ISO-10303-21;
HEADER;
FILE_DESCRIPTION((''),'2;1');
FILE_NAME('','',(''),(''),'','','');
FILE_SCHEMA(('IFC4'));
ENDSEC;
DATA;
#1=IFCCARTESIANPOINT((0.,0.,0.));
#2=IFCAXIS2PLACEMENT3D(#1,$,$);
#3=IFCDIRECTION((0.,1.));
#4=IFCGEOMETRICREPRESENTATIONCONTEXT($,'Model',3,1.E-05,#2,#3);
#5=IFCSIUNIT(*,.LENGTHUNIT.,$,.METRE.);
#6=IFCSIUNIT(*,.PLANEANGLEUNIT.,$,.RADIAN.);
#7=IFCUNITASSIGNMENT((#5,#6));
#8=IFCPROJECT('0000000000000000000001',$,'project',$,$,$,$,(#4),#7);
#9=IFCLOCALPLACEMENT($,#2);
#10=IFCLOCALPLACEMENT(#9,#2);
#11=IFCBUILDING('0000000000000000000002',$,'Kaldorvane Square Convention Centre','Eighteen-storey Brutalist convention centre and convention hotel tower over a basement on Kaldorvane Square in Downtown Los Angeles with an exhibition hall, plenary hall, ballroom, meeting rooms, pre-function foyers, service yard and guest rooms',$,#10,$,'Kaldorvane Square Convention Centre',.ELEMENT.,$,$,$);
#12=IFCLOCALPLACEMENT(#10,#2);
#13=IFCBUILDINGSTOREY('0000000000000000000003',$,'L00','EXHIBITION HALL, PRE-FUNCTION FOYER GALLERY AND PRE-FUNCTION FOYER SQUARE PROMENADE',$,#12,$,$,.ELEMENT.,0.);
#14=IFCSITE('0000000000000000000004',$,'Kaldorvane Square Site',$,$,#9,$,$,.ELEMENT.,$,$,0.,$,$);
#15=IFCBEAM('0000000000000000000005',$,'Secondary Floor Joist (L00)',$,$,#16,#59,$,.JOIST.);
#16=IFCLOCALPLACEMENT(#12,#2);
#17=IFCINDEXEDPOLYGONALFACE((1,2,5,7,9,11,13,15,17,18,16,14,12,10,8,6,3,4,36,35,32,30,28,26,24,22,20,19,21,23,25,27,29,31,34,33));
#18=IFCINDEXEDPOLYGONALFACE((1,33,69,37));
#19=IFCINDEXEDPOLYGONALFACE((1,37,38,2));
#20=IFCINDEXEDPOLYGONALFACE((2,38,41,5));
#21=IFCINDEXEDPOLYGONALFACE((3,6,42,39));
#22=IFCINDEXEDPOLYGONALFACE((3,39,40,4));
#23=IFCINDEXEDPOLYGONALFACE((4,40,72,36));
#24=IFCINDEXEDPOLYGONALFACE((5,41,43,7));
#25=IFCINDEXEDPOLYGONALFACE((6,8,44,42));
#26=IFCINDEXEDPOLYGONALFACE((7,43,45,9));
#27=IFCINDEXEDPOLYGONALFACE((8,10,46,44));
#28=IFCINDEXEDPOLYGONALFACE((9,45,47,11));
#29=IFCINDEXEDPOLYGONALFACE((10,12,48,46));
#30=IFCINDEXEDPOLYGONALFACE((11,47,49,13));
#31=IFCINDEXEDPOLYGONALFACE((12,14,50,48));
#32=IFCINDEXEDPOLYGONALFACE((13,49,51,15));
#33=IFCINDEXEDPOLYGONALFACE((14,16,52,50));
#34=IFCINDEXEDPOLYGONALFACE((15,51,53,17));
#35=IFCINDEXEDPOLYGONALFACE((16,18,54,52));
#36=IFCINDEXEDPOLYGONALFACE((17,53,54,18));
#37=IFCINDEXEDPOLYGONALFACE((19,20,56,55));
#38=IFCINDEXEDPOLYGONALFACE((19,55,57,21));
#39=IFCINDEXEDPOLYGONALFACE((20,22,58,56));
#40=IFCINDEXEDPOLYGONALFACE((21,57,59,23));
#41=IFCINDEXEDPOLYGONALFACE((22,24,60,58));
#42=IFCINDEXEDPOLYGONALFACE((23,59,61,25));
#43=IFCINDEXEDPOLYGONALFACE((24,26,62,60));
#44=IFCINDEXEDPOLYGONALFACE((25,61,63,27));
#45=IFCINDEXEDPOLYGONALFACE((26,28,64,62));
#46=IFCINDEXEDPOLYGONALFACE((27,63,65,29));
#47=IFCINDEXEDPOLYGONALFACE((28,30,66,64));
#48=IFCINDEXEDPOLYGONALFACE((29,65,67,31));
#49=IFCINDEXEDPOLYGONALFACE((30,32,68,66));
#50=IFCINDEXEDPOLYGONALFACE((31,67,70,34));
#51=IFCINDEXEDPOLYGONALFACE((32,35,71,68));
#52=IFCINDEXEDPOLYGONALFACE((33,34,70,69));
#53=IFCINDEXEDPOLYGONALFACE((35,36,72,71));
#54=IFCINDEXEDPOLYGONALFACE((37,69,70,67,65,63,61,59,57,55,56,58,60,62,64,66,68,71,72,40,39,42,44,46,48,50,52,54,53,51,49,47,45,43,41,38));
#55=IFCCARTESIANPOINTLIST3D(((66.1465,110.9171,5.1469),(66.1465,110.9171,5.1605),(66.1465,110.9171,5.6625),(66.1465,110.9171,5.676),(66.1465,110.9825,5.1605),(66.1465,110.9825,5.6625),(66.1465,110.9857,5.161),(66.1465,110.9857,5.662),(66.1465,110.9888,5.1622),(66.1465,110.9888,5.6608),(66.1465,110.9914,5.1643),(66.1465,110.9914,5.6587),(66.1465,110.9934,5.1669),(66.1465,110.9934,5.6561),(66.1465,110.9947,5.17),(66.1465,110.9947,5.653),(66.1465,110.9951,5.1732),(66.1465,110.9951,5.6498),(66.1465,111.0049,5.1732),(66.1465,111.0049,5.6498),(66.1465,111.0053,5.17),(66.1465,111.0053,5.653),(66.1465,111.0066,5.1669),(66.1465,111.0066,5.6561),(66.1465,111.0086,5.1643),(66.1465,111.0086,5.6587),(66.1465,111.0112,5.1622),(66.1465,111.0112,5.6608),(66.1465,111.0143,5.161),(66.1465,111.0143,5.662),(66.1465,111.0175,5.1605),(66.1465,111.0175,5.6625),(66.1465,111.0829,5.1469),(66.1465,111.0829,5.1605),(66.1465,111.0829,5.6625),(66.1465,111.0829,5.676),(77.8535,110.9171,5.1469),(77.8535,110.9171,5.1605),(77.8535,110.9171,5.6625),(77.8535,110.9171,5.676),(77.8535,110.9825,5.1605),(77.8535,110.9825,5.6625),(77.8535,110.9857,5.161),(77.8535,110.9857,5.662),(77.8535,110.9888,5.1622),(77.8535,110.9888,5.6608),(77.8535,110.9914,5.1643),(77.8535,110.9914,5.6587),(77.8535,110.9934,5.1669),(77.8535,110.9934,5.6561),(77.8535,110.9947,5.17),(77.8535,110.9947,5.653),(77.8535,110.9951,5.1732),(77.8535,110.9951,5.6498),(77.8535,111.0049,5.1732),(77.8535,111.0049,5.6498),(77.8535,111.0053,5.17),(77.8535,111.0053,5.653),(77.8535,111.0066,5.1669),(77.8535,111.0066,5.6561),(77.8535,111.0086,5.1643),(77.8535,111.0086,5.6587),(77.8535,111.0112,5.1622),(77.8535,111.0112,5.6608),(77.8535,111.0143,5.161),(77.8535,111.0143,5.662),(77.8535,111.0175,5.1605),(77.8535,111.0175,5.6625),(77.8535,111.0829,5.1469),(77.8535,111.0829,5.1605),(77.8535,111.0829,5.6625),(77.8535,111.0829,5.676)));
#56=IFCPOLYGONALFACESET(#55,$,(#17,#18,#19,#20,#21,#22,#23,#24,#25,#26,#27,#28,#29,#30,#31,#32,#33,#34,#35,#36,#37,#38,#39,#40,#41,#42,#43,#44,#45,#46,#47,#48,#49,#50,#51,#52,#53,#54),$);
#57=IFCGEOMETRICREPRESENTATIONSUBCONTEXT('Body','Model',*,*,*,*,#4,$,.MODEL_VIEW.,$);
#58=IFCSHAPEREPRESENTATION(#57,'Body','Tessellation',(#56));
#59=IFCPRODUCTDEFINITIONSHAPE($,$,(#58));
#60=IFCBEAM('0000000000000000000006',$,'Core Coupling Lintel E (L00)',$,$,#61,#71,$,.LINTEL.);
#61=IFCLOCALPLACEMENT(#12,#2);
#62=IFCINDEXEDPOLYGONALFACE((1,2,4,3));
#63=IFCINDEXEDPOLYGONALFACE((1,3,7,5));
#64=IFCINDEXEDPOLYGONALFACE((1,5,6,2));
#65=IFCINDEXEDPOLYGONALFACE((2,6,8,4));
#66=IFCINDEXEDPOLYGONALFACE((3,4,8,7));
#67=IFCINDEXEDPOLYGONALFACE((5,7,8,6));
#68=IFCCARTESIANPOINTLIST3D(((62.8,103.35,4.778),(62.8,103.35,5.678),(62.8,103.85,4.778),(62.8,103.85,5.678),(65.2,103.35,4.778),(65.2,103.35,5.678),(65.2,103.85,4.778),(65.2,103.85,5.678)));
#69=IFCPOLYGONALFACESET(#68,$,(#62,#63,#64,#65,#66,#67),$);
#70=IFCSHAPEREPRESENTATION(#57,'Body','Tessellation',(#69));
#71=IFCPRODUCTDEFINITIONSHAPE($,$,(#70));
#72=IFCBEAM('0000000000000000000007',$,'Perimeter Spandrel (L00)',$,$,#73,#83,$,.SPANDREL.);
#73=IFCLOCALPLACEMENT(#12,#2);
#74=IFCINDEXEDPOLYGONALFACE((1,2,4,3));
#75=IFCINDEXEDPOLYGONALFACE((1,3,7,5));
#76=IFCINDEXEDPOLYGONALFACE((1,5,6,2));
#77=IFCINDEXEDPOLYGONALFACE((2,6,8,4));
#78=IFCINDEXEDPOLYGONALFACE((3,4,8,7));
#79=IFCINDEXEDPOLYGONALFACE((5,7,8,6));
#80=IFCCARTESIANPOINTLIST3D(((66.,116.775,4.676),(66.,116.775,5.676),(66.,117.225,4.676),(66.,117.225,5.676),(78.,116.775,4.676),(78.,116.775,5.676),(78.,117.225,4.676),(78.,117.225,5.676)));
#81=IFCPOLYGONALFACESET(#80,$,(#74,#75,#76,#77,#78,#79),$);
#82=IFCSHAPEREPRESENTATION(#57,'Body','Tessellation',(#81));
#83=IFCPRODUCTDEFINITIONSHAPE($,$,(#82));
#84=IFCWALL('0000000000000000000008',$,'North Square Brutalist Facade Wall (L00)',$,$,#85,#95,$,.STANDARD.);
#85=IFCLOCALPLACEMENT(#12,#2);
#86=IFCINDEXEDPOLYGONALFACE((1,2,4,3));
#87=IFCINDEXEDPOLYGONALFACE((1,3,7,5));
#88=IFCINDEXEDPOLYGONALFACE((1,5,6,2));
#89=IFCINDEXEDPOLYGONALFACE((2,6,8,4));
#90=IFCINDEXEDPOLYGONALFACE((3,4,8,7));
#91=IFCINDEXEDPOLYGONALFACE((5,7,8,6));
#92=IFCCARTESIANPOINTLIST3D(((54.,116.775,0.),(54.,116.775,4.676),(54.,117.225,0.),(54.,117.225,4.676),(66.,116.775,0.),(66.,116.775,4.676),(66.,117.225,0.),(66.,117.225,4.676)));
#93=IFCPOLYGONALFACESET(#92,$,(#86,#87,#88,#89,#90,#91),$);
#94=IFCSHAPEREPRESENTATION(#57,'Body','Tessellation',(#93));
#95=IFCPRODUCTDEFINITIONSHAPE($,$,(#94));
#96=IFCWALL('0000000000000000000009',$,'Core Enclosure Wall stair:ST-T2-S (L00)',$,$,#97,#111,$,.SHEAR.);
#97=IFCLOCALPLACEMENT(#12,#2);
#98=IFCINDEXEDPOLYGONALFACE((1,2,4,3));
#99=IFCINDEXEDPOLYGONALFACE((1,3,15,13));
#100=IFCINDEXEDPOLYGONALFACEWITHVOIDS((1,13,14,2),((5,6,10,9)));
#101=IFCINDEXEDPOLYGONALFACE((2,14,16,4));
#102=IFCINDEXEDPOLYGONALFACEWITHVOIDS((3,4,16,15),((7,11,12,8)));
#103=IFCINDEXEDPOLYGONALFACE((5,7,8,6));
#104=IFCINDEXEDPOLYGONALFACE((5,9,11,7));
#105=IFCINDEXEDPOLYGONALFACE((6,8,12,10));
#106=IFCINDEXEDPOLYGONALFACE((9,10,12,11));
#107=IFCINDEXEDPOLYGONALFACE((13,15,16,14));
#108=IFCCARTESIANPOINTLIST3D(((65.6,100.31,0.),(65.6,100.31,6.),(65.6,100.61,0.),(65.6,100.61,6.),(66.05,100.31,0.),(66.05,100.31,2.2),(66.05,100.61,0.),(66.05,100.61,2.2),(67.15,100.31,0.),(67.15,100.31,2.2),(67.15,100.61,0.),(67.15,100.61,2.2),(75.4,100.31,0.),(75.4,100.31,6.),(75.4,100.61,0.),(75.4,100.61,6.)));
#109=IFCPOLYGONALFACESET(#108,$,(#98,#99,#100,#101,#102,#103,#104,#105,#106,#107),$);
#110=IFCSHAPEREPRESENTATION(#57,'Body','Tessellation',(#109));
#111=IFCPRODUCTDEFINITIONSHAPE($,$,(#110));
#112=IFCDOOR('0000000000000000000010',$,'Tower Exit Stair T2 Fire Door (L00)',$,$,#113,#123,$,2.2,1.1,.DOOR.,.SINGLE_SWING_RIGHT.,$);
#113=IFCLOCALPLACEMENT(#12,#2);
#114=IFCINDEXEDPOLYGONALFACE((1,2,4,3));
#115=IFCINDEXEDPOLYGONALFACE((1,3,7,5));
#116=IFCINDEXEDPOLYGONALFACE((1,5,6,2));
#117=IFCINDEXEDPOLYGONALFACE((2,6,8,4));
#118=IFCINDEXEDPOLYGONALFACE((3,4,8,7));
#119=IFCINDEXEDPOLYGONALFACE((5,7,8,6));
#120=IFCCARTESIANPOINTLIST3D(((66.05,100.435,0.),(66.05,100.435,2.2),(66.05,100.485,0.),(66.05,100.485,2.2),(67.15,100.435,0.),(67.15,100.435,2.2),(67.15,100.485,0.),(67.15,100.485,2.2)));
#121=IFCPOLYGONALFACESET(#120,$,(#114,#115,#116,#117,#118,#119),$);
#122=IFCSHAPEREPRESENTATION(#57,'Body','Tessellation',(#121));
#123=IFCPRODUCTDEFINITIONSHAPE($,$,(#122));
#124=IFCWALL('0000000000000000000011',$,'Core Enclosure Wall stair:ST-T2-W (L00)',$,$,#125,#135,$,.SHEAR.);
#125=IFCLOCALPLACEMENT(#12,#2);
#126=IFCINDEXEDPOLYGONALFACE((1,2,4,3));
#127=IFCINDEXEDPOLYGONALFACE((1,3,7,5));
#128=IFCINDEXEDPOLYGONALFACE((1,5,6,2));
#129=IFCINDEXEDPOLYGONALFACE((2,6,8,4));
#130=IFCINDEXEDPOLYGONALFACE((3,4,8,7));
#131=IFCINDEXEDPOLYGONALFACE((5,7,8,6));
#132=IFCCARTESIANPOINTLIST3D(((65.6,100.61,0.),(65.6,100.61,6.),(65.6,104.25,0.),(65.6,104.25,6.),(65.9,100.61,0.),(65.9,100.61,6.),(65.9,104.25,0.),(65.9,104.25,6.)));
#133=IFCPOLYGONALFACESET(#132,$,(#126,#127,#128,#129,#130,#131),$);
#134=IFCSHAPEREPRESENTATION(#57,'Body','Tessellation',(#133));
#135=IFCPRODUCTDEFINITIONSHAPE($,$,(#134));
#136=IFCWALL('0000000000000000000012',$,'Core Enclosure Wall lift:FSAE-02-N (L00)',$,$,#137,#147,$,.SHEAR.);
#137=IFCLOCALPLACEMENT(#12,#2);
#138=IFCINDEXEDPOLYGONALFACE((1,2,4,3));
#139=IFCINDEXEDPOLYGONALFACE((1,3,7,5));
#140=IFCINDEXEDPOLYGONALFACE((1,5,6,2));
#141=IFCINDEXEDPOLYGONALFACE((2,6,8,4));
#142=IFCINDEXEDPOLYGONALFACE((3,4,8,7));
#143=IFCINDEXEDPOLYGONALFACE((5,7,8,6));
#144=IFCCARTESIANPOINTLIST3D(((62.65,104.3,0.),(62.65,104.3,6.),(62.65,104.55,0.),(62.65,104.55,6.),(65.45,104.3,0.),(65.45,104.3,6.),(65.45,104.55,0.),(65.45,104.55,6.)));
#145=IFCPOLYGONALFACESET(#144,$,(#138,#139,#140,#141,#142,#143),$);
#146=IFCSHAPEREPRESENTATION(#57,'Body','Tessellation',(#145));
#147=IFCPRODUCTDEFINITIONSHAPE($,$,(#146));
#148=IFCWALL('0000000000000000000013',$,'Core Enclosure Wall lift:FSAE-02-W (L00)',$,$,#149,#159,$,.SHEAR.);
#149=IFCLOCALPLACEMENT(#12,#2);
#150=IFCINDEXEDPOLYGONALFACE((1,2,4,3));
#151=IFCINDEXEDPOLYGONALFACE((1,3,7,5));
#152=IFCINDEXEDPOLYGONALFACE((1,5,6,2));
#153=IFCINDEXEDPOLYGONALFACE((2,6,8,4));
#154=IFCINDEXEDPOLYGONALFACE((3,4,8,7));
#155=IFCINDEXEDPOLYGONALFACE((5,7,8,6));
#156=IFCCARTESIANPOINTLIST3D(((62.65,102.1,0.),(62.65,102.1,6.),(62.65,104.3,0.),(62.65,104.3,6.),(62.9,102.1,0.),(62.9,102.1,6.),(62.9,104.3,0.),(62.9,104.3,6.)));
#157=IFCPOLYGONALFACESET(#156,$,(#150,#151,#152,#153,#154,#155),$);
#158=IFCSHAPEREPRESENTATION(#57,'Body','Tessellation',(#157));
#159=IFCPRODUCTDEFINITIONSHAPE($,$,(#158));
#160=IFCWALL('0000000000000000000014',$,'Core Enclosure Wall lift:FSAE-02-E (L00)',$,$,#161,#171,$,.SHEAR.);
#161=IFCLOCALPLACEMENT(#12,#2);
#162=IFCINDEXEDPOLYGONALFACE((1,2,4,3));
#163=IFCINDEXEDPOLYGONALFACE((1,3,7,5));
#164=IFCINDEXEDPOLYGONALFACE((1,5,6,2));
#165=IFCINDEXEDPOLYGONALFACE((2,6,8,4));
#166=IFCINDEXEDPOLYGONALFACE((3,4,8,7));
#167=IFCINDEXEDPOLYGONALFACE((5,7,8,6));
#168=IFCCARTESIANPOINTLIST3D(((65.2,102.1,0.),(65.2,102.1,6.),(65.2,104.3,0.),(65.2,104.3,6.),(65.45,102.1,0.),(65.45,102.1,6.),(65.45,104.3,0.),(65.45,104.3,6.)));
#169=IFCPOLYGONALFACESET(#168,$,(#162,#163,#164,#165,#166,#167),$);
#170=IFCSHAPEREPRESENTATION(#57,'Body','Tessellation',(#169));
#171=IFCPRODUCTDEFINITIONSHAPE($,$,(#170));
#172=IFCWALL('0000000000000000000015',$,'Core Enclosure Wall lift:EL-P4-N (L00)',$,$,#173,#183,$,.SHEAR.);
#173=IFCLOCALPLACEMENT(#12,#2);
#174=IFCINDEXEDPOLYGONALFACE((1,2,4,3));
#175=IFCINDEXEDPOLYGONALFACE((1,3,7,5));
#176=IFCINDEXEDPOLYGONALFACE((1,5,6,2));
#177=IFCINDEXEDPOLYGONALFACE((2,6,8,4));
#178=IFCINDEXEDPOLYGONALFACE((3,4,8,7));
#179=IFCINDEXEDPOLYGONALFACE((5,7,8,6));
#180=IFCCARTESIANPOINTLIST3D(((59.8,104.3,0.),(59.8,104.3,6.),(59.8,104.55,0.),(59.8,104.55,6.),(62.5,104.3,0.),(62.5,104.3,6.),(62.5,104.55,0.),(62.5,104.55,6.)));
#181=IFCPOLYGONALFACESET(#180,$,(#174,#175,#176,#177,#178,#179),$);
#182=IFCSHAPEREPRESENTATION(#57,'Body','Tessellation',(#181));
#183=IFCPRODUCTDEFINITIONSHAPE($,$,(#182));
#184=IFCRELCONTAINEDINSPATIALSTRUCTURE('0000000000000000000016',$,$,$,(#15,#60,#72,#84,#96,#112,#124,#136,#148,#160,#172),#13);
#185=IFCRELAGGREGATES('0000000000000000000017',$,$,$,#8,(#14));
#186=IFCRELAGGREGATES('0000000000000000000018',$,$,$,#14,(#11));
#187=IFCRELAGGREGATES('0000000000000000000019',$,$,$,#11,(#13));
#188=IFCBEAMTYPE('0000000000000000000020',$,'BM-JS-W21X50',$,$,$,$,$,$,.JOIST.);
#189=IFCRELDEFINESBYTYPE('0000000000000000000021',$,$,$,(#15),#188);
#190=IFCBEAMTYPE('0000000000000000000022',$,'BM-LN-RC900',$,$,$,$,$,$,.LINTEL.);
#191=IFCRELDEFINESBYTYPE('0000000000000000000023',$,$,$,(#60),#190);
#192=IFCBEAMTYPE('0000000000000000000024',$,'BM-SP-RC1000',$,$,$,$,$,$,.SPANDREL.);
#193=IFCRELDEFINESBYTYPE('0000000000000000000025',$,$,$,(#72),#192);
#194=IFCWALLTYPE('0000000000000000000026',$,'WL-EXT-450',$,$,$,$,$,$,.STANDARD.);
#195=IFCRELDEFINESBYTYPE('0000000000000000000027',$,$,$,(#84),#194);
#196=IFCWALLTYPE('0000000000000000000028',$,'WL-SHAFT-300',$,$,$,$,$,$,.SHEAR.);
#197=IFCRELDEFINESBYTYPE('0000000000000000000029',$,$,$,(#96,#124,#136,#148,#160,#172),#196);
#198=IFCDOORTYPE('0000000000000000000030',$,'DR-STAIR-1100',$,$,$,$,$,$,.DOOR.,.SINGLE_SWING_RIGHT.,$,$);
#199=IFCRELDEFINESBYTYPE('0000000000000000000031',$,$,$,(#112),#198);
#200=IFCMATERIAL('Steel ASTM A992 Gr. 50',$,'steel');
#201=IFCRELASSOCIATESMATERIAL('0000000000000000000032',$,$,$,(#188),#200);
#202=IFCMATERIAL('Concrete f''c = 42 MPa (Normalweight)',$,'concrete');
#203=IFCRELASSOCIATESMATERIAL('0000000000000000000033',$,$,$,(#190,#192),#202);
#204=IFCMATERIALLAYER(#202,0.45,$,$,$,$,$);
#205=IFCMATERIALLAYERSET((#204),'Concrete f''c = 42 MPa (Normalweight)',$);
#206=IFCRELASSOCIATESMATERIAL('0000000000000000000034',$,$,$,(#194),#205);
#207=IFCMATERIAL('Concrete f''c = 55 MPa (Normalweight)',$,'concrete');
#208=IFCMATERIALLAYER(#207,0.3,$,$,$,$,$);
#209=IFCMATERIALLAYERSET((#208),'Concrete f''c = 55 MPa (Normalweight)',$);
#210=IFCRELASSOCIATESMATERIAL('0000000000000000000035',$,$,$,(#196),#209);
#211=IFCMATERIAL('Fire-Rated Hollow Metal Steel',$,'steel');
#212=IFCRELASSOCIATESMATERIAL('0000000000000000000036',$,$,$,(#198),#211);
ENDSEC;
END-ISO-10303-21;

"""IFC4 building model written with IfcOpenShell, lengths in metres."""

from ifc_helpers import new_model, si_unit, direction, frame, frame_2d, origin, origin_2d, place, context, subcontext, project, spatial, rectangle, i_section, extrude, material, layer, layer_set, material_profile, profile_set, type_object, element, fill, save


model = new_model("IFC4")

# Units and contexts
model_context = context("Model", 3, precision=1e-05, world=origin(), true_north=direction((0.0, 1.0)))
body_context = subcontext(model_context, "Body", "Model", "MODEL_VIEW")
ifc_project = project(units=[si_unit("LENGTHUNIT", "METRE"), si_unit("PLANEANGLEUNIT", "RADIAN")], contexts=[model_context])

# Site, building, storey
site_placement = place(None, origin())
site = spatial("IfcSite", under=ifc_project, at=site_placement, Name="Kaldorvane Square Site", CompositionType="ELEMENT", RefElevation=0.0)
building_placement = place(site_placement, origin())
building = spatial("IfcBuilding", under=site, at=building_placement, Name="Kaldorvane Square Convention Centre", Description="Eighteen-storey Brutalist convention centre and convention hotel tower over a basement on Kaldorvane Square in Downtown Los Angeles with an exhibition hall, plenary hall, ballroom, meeting rooms, pre-function foyers, service yard and guest rooms", LongName="Kaldorvane Square Convention Centre", CompositionType="ELEMENT")
storey_placement = place(building_placement, origin())
storey = spatial("IfcBuildingStorey", under=building, at=storey_placement, Name="L00", Description="EXHIBITION HALL, PRE-FUNCTION FOYER GALLERY AND PRE-FUNCTION FOYER SQUARE PROMENADE", CompositionType="ELEMENT", Elevation=0.0)

# Shared definitions
ifc_material_1 = material(Name="Concrete f'c = 55 MPa (Normalweight)", Category="concrete")
ifc_material_2 = material(Name="Steel ASTM A992 Gr. 50", Category="steel")

# Beams
ifc_material_profile_1 = material_profile(ifc_material_2, i_section(OverallWidth=0.1659, OverallDepth=0.5291, WebThickness=0.0097, FlangeThickness=0.0136, FilletRadius=0.0127, at=origin_2d()), Name="W21X50")
ifc_profile_set_1 = profile_set([ifc_material_profile_1], Name="Steel ASTM A992 Gr. 50")
beam_type_1 = type_object("IfcBeamType", Name="BM-JS-W21X50", PredefinedType="JOIST", material=ifc_profile_set_1)
beam_1_placement = place(storey_placement, frame((66.1465, 111.0, 5.4115), z_axis=(1.0, 0.0, 0.0), x_axis=(0.0, 1.0, 0.0)))
element("IfcBeam", 1, at=beam_1_placement, inside=storey, type_object=beam_type_1, Name="Secondary Floor Joist (L00)", PredefinedType="JOIST", context=body_context, shape_type="SweptSolid", body=[
    extrude(i_section(OverallWidth=0.1659, OverallDepth=0.5291, WebThickness=0.0097, FlangeThickness=0.0136, FilletRadius=0.0127, at=origin_2d()), origin(), (0.0, 0.0, 1.0), 11.707),
])
ifc_material_3 = material(Name="Concrete f'c = 42 MPa (Normalweight)", Category="concrete")
ifc_material_profile_2 = material_profile(ifc_material_3, rectangle(XDim=0.5, YDim=0.9, at=origin_2d()), Name="RCLN900X500")
ifc_profile_set_2 = profile_set([ifc_material_profile_2], Name="Concrete f'c = 42 MPa (Normalweight)")
beam_type_2 = type_object("IfcBeamType", Name="BM-LN-RC900", PredefinedType="LINTEL", material=ifc_profile_set_2)
beam_2_placement = place(storey_placement, frame((62.8, 103.6, 5.228), z_axis=(1.0, 0.0, 0.0), x_axis=(0.0, 1.0, 0.0)))
element("IfcBeam", 2, at=beam_2_placement, inside=storey, type_object=beam_type_2, Name="Core Coupling Lintel E (L00)", PredefinedType="LINTEL", context=body_context, shape_type="SweptSolid", body=[
    extrude(rectangle(XDim=0.5, YDim=0.9, at=origin_2d()), origin(), (0.0, 0.0, 1.0), 2.4),
])
ifc_material_profile_3 = material_profile(ifc_material_3, rectangle(XDim=0.45, YDim=1.0, at=origin_2d()), Name="RCSP1000X450")
ifc_profile_set_3 = profile_set([ifc_material_profile_3], Name="Concrete f'c = 42 MPa (Normalweight)")
beam_type_3 = type_object("IfcBeamType", Name="BM-SP-RC1000", PredefinedType="SPANDREL", material=ifc_profile_set_3)
beam_3_placement = place(storey_placement, frame((66.0, 117.0, 5.176), z_axis=(1.0, 0.0, 0.0), x_axis=(0.0, 1.0, 0.0)))
element("IfcBeam", 3, at=beam_3_placement, inside=storey, type_object=beam_type_3, Name="Perimeter Spandrel (L00)", PredefinedType="SPANDREL", context=body_context, shape_type="SweptSolid", body=[
    extrude(rectangle(XDim=0.45, YDim=1.0, at=origin_2d()), origin(), (0.0, 0.0, 1.0), 12.0),
])

# Wall
ifc_layer_1 = layer(ifc_material_3, 0.45)
ifc_layer_set_1 = layer_set([ifc_layer_1], Name="Concrete f'c = 42 MPa (Normalweight)")
wall_type_1 = type_object("IfcWallType", Name="WL-EXT-450", PredefinedType="STANDARD", material=ifc_layer_set_1)
wall_1_placement = place(storey_placement, frame((66.0, 117.0, 0.0), z_axis=(0.0, 0.0, 1.0), x_axis=(-1.0, 0.0, 0.0)))
element("IfcWall", 4, at=wall_1_placement, inside=storey, type_object=wall_type_1, Name="North Square Brutalist Facade Wall (L00)", PredefinedType="STANDARD", context=body_context, shape_type="SweptSolid", body=[
    extrude(rectangle(XDim=12.0, YDim=0.45, at=frame_2d((6.0, 0.0))), origin(), (0.0, 0.0, 1.0), 4.676),
])

# Wall, opening, door
ifc_layer_2 = layer(ifc_material_1, 0.3)
ifc_layer_set_2 = layer_set([ifc_layer_2], Name="Concrete f'c = 55 MPa (Normalweight)")
wall_type_2 = type_object("IfcWallType", Name="WL-SHAFT-300", PredefinedType="SHEAR", material=ifc_layer_set_2)
wall_2_placement = place(storey_placement, frame((65.6, 100.46, 0.0), z_axis=(0.0, 0.0, 1.0), x_axis=(1.0, 0.0, 0.0)))
wall_2 = element("IfcWall", 5, at=wall_2_placement, inside=storey, type_object=wall_type_2, Name="Core Enclosure Wall stair:ST-T2-S (L00)", PredefinedType="SHEAR", context=body_context, shape_type="SweptSolid", body=[
    extrude(rectangle(XDim=9.8, YDim=0.3, at=frame_2d((4.9, 0.0))), origin(), (0.0, 0.0, 1.0), 6.0),
])
opening_1_placement = place(wall_2_placement, frame((0.45, 0.0, 0.0)))
opening_1 = element("IfcOpeningElement", 6, at=opening_1_placement, cuts=wall_2, PredefinedType="OPENING", context=body_context, shape_type="SweptSolid", body=[
    extrude(rectangle(XDim=1.1, YDim=2.2, at=frame_2d((0.55, 1.1))), frame((0.0, 0.165, 0.0), z_axis=(0.0, -1.0, 0.0), x_axis=(1.0, 0.0, 0.0)), (0.0, 0.0, 1.0), 0.33),
])
ifc_material_4 = material(Name="Fire-Rated Hollow Metal Steel", Category="steel")
door_type_1 = type_object("IfcDoorType", Name="DR-STAIR-1100", OperationType="SINGLE_SWING_RIGHT", PredefinedType="DOOR", material=ifc_material_4)
door_1_placement = place(opening_1_placement, origin())
door_1 = element("IfcDoor", 7, at=door_1_placement, inside=storey, type_object=door_type_1, Name="Tower Exit Stair T2 Fire Door (L00)", OperationType="SINGLE_SWING_RIGHT", OverallHeight=2.2, OverallWidth=1.1, PredefinedType="DOOR", context=body_context, shape_type="SweptSolid", body=[
    extrude(rectangle(XDim=1.1, YDim=2.2, at=frame_2d((0.55, 1.1))), frame((0.0, 0.025, 0.0), z_axis=(0.0, -1.0, 0.0), x_axis=(1.0, 0.0, 0.0)), (0.0, 0.0, 1.0), 0.05),
])
fill(opening_1, door_1)

# Wall
wall_3_placement = place(storey_placement, frame((65.75, 104.25, 0.0), z_axis=(0.0, 0.0, 1.0), x_axis=(0.0, -1.0, 0.0)))
element("IfcWall", 8, at=wall_3_placement, inside=storey, type_object=wall_type_2, Name="Core Enclosure Wall stair:ST-T2-W (L00)", PredefinedType="SHEAR", context=body_context, shape_type="SweptSolid", body=[
    extrude(rectangle(XDim=3.64, YDim=0.3, at=frame_2d((1.82, 0.0))), origin(), (0.0, 0.0, 1.0), 6.0),
])

# Walls
wall_4_placement = place(storey_placement, frame((65.45, 104.425, 0.0), z_axis=(0.0, 0.0, 1.0), x_axis=(-1.0, 0.0, 0.0)))
element("IfcWall", 9, at=wall_4_placement, inside=storey, type_object=wall_type_2, Name="Core Enclosure Wall lift:FSAE-02-N (L00)", PredefinedType="SHEAR", context=body_context, shape_type="SweptSolid", body=[
    extrude(rectangle(XDim=2.8, YDim=0.25, at=frame_2d((1.4, 0.0))), origin(), (0.0, 0.0, 1.0), 6.0),
])
for number, where, z_axis, x_axis, name in (
    (10, (62.775, 104.3, 0.0), (0.0, 0.0, 1.0), (0.0, -1.0, 0.0), "Core Enclosure Wall lift:FSAE-02-W (L00)"),
    (11, (65.325, 102.1, 0.0), (0.0, 0.0, 1.0), (0.0, 1.0, 0.0), "Core Enclosure Wall lift:FSAE-02-E (L00)"),
):
    element("IfcWall", number, at=place(storey_placement, frame(where, z_axis=z_axis, x_axis=x_axis)), inside=storey, type_object=wall_type_2, Name=name, PredefinedType="SHEAR", context=body_context, shape_type="SweptSolid", body=[
        extrude(rectangle(XDim=2.2, YDim=0.25, at=frame_2d((1.1, 0.0))), origin(), (0.0, 0.0, 1.0), 6.0),
    ])
wall_5_placement = place(storey_placement, frame((62.5, 104.425, 0.0), z_axis=(0.0, 0.0, 1.0), x_axis=(-1.0, 0.0, 0.0)))
element("IfcWall", 12, at=wall_5_placement, inside=storey, type_object=wall_type_2, Name="Core Enclosure Wall lift:EL-P4-N (L00)", PredefinedType="SHEAR", context=body_context, shape_type="SweptSolid", body=[
    extrude(rectangle(XDim=2.7, YDim=0.25, at=frame_2d((1.35, 0.0))), origin(), (0.0, 0.0, 1.0), 6.0),
])

save(model, "model.ifc")
